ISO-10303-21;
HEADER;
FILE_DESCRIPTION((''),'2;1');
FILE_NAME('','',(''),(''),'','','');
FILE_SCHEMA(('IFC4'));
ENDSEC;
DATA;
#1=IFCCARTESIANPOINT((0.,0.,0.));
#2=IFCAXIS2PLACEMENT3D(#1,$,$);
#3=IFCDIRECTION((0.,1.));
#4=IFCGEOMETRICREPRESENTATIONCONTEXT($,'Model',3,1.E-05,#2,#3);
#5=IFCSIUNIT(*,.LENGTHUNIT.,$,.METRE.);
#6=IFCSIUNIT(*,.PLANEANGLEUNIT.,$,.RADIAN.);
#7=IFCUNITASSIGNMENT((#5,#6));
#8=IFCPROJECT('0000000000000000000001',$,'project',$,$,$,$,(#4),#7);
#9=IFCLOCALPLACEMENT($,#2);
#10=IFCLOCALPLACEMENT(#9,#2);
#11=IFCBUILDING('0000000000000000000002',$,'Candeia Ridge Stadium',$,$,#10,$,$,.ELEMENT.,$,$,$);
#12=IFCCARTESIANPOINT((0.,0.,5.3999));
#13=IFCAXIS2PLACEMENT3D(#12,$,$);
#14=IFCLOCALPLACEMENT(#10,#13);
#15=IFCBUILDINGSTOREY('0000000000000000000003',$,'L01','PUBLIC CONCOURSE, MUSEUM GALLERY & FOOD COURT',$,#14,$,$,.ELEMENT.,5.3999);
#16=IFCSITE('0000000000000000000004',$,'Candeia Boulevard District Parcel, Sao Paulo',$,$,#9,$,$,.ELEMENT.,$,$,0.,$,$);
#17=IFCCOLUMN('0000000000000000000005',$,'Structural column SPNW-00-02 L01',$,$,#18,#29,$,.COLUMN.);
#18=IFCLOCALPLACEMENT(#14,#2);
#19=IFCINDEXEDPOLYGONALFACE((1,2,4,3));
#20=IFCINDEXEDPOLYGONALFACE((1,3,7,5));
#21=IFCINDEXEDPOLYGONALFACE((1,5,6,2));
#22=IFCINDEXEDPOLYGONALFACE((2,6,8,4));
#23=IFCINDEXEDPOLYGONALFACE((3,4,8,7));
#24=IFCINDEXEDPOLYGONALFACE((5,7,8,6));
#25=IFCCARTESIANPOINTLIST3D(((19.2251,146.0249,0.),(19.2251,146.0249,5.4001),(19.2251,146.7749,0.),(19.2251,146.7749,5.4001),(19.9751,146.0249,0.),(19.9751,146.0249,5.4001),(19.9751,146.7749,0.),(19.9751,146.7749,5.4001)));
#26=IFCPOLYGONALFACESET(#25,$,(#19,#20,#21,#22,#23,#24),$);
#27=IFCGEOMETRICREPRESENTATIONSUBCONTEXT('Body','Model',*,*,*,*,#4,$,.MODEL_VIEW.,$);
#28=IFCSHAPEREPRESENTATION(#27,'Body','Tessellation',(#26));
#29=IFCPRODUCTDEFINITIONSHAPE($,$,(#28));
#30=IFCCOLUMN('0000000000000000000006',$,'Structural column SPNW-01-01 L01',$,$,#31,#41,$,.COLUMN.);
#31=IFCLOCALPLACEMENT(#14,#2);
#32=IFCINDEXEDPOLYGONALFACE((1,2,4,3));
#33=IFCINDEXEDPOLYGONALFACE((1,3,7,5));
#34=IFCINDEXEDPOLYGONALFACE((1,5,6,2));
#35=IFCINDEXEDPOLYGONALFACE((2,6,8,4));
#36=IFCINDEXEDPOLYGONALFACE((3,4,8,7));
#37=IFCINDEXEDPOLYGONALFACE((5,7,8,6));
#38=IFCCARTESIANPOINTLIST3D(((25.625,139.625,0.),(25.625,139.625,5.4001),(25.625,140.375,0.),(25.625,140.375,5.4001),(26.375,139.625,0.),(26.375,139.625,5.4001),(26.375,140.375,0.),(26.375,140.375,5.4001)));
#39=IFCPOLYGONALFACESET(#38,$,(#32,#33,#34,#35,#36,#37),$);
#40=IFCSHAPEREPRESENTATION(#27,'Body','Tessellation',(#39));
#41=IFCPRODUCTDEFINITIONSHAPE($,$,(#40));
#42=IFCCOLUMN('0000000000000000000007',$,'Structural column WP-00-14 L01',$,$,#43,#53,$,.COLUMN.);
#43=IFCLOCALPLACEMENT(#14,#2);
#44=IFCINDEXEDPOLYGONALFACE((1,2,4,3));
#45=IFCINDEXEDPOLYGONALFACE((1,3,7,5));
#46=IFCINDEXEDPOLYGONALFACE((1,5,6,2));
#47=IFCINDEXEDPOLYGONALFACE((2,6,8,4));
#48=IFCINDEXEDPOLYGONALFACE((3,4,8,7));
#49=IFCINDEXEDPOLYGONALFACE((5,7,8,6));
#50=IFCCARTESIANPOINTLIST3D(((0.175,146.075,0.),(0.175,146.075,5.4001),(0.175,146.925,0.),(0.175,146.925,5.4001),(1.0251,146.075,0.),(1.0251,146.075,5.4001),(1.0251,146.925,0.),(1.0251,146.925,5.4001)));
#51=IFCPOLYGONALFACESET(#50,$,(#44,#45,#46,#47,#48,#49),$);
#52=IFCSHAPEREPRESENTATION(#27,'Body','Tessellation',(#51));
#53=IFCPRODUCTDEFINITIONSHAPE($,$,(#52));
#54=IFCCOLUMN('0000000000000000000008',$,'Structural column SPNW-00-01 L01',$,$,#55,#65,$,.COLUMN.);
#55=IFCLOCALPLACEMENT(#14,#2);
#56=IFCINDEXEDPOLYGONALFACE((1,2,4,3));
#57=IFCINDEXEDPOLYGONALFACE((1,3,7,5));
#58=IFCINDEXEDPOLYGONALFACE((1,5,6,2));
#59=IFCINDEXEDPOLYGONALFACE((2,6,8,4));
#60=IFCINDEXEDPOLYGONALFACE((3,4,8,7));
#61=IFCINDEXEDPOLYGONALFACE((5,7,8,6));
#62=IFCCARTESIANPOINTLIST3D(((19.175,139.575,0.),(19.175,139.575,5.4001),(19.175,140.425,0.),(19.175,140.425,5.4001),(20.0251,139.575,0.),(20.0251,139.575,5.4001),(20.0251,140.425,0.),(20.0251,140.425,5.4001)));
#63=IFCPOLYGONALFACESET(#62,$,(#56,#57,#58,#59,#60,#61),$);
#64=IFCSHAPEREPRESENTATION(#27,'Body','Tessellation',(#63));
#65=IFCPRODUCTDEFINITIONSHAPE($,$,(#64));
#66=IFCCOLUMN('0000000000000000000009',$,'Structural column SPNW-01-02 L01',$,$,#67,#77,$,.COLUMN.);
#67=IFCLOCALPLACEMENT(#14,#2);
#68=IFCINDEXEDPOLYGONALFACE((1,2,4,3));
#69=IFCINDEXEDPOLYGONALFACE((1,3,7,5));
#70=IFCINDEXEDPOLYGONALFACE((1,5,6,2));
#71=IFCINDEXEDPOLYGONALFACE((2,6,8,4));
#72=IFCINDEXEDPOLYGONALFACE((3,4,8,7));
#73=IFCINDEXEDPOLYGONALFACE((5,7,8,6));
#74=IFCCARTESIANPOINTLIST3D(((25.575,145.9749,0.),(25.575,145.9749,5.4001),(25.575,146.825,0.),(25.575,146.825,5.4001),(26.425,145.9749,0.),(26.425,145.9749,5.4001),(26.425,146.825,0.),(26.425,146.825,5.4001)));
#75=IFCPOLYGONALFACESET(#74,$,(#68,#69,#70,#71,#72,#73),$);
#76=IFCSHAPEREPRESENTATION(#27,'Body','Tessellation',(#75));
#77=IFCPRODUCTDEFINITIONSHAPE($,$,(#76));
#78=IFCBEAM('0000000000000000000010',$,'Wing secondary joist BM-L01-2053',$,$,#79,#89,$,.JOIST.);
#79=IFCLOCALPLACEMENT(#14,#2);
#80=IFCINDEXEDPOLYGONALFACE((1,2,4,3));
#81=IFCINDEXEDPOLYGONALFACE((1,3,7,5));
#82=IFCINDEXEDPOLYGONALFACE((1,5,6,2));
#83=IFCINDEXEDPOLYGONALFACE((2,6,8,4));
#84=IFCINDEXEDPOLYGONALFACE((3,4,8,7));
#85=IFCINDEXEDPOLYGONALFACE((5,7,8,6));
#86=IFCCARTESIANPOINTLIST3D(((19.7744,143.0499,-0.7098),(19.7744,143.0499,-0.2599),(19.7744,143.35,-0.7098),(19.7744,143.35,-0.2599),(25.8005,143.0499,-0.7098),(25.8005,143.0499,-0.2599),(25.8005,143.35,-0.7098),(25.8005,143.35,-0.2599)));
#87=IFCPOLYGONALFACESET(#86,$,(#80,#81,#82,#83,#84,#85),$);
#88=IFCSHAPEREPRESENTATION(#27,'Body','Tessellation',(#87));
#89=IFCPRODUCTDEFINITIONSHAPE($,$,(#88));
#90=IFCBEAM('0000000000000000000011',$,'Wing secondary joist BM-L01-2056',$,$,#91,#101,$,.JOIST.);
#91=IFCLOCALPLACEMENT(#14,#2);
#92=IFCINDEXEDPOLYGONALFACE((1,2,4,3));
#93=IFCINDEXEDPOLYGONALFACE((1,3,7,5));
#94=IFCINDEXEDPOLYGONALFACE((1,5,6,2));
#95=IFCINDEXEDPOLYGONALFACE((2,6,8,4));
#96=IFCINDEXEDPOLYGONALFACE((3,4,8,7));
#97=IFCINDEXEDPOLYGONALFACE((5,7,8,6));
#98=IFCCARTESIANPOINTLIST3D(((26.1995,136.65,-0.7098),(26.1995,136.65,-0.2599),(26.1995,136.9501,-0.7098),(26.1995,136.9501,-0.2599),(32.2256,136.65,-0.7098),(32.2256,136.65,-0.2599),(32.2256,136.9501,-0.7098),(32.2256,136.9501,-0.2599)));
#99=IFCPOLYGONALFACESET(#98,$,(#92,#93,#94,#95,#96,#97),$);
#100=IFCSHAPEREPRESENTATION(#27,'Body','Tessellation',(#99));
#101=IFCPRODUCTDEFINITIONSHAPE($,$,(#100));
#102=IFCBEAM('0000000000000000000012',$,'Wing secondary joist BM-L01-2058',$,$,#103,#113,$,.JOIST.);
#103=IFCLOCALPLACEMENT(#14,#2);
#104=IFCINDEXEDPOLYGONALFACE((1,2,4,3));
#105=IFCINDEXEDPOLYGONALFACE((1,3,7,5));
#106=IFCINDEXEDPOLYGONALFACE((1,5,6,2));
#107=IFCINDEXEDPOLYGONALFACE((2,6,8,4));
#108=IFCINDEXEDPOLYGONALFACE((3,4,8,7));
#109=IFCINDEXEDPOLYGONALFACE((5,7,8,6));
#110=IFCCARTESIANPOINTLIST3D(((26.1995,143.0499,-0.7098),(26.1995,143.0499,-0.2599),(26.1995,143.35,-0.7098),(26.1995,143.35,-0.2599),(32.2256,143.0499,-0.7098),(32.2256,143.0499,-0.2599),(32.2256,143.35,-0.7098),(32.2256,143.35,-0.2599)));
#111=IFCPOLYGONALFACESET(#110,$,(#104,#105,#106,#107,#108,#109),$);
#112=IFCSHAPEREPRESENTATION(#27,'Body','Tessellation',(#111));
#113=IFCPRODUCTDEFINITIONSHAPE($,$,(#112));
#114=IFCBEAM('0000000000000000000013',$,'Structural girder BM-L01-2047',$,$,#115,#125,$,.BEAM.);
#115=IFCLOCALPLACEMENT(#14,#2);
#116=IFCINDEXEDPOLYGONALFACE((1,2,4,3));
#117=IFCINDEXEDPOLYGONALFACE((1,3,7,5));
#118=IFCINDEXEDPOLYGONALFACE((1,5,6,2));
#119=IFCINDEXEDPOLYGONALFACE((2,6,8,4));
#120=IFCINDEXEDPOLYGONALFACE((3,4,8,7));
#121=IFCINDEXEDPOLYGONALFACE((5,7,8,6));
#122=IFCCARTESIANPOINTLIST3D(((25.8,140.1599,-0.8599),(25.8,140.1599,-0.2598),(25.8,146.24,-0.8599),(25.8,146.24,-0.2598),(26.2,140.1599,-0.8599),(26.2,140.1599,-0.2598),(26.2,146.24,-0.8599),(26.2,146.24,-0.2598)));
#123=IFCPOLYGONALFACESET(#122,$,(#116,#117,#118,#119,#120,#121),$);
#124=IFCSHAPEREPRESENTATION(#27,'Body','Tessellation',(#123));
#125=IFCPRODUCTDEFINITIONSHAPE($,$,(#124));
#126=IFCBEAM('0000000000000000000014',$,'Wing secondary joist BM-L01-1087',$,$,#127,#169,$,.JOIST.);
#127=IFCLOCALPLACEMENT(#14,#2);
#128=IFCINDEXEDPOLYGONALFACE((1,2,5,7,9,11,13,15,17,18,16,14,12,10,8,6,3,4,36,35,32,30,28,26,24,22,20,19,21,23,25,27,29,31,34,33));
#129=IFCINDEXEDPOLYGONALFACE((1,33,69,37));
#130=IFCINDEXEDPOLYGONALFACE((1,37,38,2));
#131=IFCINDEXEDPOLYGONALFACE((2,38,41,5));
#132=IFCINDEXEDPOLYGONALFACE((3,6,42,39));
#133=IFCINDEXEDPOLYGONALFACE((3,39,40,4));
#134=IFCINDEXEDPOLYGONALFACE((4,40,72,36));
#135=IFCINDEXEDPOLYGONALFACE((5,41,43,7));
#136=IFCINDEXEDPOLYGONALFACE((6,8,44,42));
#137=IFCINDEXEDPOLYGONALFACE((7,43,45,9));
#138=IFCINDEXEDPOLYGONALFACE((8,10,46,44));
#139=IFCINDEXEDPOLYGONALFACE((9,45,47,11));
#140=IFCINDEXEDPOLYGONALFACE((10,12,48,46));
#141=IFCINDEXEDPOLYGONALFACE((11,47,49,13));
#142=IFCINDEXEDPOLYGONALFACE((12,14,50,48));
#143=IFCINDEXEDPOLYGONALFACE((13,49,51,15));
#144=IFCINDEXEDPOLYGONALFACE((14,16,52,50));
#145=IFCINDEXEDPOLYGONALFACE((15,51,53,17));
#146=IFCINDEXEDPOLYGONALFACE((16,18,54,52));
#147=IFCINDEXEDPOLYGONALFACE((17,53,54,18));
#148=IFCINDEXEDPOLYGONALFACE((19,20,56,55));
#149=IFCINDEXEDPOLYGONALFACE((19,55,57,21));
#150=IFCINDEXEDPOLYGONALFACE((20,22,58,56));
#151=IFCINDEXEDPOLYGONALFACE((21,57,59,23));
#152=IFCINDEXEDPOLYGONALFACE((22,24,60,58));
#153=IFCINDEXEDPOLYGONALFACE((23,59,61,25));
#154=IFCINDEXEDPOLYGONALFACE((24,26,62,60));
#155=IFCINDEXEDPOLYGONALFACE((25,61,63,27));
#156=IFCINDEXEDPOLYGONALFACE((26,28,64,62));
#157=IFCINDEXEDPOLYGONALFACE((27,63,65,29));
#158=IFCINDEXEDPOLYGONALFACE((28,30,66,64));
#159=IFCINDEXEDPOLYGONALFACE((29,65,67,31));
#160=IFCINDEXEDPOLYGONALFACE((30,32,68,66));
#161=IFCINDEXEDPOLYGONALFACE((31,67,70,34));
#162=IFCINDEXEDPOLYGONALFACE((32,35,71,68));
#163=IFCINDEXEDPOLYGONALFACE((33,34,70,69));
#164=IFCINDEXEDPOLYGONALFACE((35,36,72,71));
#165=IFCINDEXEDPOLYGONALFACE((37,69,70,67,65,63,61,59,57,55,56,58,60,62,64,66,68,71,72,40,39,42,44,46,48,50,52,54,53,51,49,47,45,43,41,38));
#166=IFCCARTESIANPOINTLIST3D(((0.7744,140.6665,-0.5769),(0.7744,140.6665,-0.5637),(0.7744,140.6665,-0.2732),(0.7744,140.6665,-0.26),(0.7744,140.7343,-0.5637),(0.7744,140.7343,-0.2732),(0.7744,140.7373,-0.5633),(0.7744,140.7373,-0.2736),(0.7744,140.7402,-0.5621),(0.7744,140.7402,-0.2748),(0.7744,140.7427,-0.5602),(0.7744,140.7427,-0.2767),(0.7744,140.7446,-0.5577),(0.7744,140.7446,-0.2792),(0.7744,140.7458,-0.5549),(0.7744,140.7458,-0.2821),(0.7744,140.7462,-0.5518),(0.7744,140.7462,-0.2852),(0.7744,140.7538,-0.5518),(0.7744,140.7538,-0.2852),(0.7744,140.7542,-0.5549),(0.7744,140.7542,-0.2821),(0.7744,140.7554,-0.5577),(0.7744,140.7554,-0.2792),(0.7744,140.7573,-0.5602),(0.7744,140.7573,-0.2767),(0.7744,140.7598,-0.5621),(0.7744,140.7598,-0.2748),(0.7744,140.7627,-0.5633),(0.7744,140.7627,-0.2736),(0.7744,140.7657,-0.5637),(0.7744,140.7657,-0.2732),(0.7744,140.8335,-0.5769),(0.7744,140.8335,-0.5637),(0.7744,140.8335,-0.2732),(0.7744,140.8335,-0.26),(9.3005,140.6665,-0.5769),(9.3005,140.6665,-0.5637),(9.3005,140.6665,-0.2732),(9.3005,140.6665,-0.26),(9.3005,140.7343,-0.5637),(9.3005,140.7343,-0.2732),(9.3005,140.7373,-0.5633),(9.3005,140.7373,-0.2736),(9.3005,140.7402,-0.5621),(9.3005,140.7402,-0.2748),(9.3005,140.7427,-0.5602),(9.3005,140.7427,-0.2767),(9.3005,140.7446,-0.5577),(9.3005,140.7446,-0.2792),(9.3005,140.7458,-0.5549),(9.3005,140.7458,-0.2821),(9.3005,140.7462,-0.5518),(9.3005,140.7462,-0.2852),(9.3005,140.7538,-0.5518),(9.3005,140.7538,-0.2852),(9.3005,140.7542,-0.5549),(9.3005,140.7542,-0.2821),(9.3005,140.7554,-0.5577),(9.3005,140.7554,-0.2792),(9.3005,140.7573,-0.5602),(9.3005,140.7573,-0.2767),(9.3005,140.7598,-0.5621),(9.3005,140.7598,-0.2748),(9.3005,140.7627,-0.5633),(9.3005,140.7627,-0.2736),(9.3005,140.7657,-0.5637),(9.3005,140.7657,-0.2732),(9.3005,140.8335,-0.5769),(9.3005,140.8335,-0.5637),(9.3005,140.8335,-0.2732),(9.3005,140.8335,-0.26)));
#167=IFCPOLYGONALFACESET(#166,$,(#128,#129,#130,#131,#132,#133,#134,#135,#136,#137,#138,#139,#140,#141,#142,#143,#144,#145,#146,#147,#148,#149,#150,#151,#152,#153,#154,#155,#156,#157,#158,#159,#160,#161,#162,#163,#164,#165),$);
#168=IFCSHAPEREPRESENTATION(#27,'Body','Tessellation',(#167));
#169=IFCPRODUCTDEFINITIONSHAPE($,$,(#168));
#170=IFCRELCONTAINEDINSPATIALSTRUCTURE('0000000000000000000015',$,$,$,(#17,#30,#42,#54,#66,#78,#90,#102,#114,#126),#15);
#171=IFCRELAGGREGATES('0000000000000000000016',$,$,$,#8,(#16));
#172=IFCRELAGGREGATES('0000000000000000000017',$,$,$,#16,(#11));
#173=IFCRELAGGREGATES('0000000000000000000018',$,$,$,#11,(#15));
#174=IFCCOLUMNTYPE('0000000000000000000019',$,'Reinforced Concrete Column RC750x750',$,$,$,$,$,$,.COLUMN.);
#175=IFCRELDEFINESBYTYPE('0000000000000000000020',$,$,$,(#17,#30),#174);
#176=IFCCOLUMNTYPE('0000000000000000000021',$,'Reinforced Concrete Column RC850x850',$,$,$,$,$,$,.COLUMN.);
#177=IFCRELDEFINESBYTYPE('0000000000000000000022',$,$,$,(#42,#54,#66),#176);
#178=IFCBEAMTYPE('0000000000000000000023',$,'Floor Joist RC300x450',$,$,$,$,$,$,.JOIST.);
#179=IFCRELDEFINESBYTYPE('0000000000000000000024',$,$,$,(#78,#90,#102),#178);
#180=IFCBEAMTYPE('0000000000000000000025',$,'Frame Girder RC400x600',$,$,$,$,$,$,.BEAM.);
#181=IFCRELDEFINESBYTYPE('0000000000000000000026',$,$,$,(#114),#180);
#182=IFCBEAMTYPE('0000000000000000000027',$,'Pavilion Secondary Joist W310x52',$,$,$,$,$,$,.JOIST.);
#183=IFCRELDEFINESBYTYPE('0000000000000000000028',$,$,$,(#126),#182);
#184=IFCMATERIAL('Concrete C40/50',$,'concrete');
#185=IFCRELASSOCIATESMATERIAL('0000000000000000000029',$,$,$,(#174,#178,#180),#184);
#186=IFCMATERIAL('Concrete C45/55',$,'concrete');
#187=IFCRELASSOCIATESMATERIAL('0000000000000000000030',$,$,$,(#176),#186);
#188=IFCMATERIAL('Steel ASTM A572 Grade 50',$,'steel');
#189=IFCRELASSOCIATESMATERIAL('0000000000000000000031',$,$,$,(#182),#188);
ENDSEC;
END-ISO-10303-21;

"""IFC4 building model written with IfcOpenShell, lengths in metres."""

from ifc_helpers import new_model, si_unit, direction, frame, origin, origin_2d, place, context, subcontext, project, spatial, rectangle, i_section, extrude, material, material_profile, profile_set, type_object, element, save


model = new_model("IFC4")

# Units and contexts
model_context = context("Model", 3, precision=1e-05, world=origin(), true_north=direction((0.0, 1.0)))
body_context = subcontext(model_context, "Body", "Model", "MODEL_VIEW")
ifc_project = project(units=[si_unit("LENGTHUNIT", "METRE"), si_unit("PLANEANGLEUNIT", "RADIAN")], contexts=[model_context])

# Site, building, storey
site_placement = place(None, origin())
site = spatial("IfcSite", under=ifc_project, at=site_placement, Name="Candeia Boulevard District Parcel, Sao Paulo", CompositionType="ELEMENT", RefElevation=0.0)
building_placement = place(site_placement, origin())
building = spatial("IfcBuilding", under=site, at=building_placement, Name="Candeia Ridge Stadium", CompositionType="ELEMENT")
storey_placement = place(building_placement, frame((0.0, 0.0, 5.3999)))
storey = spatial("IfcBuildingStorey", under=building, at=storey_placement, Name="L01", Description="PUBLIC CONCOURSE, MUSEUM GALLERY & FOOD COURT", CompositionType="ELEMENT", Elevation=5.3999)

# Columns
ifc_material_1 = material(Name="Concrete C40/50", Category="concrete")
ifc_material_profile_1 = material_profile(ifc_material_1, rectangle(XDim=0.75, YDim=0.75, at=origin_2d()), Name="RC750x750", Category="concrete")
ifc_profile_set_1 = profile_set([ifc_material_profile_1], Name="Concrete C40/50")
column_type_1 = type_object("IfcColumnType", Name="Reinforced Concrete Column RC750x750", PredefinedType="COLUMN", material=ifc_profile_set_1)
for number, where, z_axis, x_axis, name in (
    (1, (19.6001, 146.3999, 0.0), (0.0, 0.0, 1.0), (1.0, 0.0, 0.0), "Structural column SPNW-00-02 L01"),
    (2, (26.0, 140.0, 0.0), (0.0, 0.0, 1.0), (1.0, 0.0, 0.0), "Structural column SPNW-01-01 L01"),
):
    element("IfcColumn", number, at=place(storey_placement, frame(where, z_axis=z_axis, x_axis=x_axis)), inside=storey, type_object=column_type_1, Name=name, PredefinedType="COLUMN", context=body_context, shape_type="SweptSolid", body=[
        extrude(rectangle(XDim=0.75, YDim=0.75, at=origin_2d()), origin(), (0.0, 0.0, 1.0), 5.4001),
    ])
ifc_material_2 = material(Name="Concrete C45/55", Category="concrete")
ifc_material_profile_2 = material_profile(ifc_material_2, rectangle(XDim=0.8501, YDim=0.8501, at=origin_2d()), Name="RC850x850", Category="concrete")
ifc_profile_set_2 = profile_set([ifc_material_profile_2], Name="Concrete C45/55")
column_type_2 = type_object("IfcColumnType", Name="Reinforced Concrete Column RC850x850", PredefinedType="COLUMN", material=ifc_profile_set_2)
for number, where, z_axis, x_axis, name in (
    (3, (0.6001, 146.5, 0.0), (0.0, 0.0, 1.0), (1.0, 0.0, 0.0), "Structural column WP-00-14 L01"),
    (4, (19.6001, 140.0, 0.0), (0.0, 0.0, 1.0), (1.0, 0.0, 0.0), "Structural column SPNW-00-01 L01"),
    (5, (26.0, 146.3999, 0.0), (0.0, 0.0, 1.0), (1.0, 0.0, 0.0), "Structural column SPNW-01-02 L01"),
):
    element("IfcColumn", number, at=place(storey_placement, frame(where, z_axis=z_axis, x_axis=x_axis)), inside=storey, type_object=column_type_2, Name=name, PredefinedType="COLUMN", context=body_context, shape_type="SweptSolid", body=[
        extrude(rectangle(XDim=0.8501, YDim=0.8501, at=origin_2d()), origin(), (0.0, 0.0, 1.0), 5.4001),
    ])

# Beams
ifc_material_profile_3 = material_profile(ifc_material_1, rectangle(XDim=0.3, YDim=0.45, at=origin_2d()), Name="RC300x450", Category="concrete")
ifc_profile_set_3 = profile_set([ifc_material_profile_3], Name="Concrete C40/50")
beam_type_1 = type_object("IfcBeamType", Name="Floor Joist RC300x450", PredefinedType="JOIST", material=ifc_profile_set_3)
for number, where, z_axis, x_axis, name in (
    (6, (19.7744, 143.2, -0.4849), (1.0, 0.0, 0.0), (0.0, 1.0, 0.0), "Wing secondary joist BM-L01-2053"),
    (7, (26.1995, 136.8, -0.4849), (1.0, 0.0, 0.0), (0.0, 1.0, 0.0), "Wing secondary joist BM-L01-2056"),
    (8, (26.1995, 143.2, -0.4849), (1.0, 0.0, 0.0), (0.0, 1.0, 0.0), "Wing secondary joist BM-L01-2058"),
):
    element("IfcBeam", number, at=place(storey_placement, frame(where, z_axis=z_axis, x_axis=x_axis)), inside=storey, type_object=beam_type_1, Name=name, PredefinedType="JOIST", context=body_context, shape_type="SweptSolid", body=[
        extrude(rectangle(XDim=0.3, YDim=0.45, at=origin_2d()), origin(), (0.0, 0.0, 1.0), 6.0261),
    ])
ifc_material_profile_4 = material_profile(ifc_material_1, rectangle(XDim=0.3999, YDim=0.6001, at=origin_2d()), Name="RC400x600", Category="concrete")
ifc_profile_set_4 = profile_set([ifc_material_profile_4], Name="Concrete C40/50")
beam_type_2 = type_object("IfcBeamType", Name="Frame Girder RC400x600", PredefinedType="BEAM", material=ifc_profile_set_4)
beam_1_placement = place(storey_placement, frame((26.0, 140.1599, -0.5598), z_axis=(0.0, 1.0, 0.0), x_axis=(-1.0, 0.0, 0.0)))
element("IfcBeam", 9, at=beam_1_placement, inside=storey, type_object=beam_type_2, Name="Structural girder BM-L01-2047", PredefinedType="BEAM", context=body_context, shape_type="SweptSolid", body=[
    extrude(rectangle(XDim=0.3999, YDim=0.6001, at=origin_2d()), origin(), (0.0, 0.0, 1.0), 6.0801),
])
ifc_material_3 = material(Name="Steel ASTM A572 Grade 50", Category="steel")
ifc_material_profile_5 = material_profile(ifc_material_3, i_section(OverallWidth=0.167, OverallDepth=0.3169, WebThickness=0.0076, FlangeThickness=0.0132, FilletRadius=0.012, at=origin_2d()), Name="W310x52", Category="steel")
ifc_profile_set_5 = profile_set([ifc_material_profile_5], Name="Steel ASTM A572 Grade 50")
beam_type_3 = type_object("IfcBeamType", Name="Pavilion Secondary Joist W310x52", PredefinedType="JOIST", material=ifc_profile_set_5)
for number, where, z_axis, x_axis, name in (
    (10, (0.7744, 140.75, -0.4185), (1.0, 0.0, 0.0), (0.0, 1.0, 0.0), "Wing secondary joist BM-L01-1087"),
):
    element("IfcBeam", number, at=place(storey_placement, frame(where, z_axis=z_axis, x_axis=x_axis)), inside=storey, type_object=beam_type_3, Name=name, PredefinedType="JOIST", context=body_context, shape_type="SweptSolid", body=[
        extrude(i_section(OverallWidth=0.167, OverallDepth=0.3169, WebThickness=0.0076, FlangeThickness=0.0132, FilletRadius=0.012, at=origin_2d()), origin(), (0.0, 0.0, 1.0), 8.5261),
    ])

save(model, "model.ifc")
